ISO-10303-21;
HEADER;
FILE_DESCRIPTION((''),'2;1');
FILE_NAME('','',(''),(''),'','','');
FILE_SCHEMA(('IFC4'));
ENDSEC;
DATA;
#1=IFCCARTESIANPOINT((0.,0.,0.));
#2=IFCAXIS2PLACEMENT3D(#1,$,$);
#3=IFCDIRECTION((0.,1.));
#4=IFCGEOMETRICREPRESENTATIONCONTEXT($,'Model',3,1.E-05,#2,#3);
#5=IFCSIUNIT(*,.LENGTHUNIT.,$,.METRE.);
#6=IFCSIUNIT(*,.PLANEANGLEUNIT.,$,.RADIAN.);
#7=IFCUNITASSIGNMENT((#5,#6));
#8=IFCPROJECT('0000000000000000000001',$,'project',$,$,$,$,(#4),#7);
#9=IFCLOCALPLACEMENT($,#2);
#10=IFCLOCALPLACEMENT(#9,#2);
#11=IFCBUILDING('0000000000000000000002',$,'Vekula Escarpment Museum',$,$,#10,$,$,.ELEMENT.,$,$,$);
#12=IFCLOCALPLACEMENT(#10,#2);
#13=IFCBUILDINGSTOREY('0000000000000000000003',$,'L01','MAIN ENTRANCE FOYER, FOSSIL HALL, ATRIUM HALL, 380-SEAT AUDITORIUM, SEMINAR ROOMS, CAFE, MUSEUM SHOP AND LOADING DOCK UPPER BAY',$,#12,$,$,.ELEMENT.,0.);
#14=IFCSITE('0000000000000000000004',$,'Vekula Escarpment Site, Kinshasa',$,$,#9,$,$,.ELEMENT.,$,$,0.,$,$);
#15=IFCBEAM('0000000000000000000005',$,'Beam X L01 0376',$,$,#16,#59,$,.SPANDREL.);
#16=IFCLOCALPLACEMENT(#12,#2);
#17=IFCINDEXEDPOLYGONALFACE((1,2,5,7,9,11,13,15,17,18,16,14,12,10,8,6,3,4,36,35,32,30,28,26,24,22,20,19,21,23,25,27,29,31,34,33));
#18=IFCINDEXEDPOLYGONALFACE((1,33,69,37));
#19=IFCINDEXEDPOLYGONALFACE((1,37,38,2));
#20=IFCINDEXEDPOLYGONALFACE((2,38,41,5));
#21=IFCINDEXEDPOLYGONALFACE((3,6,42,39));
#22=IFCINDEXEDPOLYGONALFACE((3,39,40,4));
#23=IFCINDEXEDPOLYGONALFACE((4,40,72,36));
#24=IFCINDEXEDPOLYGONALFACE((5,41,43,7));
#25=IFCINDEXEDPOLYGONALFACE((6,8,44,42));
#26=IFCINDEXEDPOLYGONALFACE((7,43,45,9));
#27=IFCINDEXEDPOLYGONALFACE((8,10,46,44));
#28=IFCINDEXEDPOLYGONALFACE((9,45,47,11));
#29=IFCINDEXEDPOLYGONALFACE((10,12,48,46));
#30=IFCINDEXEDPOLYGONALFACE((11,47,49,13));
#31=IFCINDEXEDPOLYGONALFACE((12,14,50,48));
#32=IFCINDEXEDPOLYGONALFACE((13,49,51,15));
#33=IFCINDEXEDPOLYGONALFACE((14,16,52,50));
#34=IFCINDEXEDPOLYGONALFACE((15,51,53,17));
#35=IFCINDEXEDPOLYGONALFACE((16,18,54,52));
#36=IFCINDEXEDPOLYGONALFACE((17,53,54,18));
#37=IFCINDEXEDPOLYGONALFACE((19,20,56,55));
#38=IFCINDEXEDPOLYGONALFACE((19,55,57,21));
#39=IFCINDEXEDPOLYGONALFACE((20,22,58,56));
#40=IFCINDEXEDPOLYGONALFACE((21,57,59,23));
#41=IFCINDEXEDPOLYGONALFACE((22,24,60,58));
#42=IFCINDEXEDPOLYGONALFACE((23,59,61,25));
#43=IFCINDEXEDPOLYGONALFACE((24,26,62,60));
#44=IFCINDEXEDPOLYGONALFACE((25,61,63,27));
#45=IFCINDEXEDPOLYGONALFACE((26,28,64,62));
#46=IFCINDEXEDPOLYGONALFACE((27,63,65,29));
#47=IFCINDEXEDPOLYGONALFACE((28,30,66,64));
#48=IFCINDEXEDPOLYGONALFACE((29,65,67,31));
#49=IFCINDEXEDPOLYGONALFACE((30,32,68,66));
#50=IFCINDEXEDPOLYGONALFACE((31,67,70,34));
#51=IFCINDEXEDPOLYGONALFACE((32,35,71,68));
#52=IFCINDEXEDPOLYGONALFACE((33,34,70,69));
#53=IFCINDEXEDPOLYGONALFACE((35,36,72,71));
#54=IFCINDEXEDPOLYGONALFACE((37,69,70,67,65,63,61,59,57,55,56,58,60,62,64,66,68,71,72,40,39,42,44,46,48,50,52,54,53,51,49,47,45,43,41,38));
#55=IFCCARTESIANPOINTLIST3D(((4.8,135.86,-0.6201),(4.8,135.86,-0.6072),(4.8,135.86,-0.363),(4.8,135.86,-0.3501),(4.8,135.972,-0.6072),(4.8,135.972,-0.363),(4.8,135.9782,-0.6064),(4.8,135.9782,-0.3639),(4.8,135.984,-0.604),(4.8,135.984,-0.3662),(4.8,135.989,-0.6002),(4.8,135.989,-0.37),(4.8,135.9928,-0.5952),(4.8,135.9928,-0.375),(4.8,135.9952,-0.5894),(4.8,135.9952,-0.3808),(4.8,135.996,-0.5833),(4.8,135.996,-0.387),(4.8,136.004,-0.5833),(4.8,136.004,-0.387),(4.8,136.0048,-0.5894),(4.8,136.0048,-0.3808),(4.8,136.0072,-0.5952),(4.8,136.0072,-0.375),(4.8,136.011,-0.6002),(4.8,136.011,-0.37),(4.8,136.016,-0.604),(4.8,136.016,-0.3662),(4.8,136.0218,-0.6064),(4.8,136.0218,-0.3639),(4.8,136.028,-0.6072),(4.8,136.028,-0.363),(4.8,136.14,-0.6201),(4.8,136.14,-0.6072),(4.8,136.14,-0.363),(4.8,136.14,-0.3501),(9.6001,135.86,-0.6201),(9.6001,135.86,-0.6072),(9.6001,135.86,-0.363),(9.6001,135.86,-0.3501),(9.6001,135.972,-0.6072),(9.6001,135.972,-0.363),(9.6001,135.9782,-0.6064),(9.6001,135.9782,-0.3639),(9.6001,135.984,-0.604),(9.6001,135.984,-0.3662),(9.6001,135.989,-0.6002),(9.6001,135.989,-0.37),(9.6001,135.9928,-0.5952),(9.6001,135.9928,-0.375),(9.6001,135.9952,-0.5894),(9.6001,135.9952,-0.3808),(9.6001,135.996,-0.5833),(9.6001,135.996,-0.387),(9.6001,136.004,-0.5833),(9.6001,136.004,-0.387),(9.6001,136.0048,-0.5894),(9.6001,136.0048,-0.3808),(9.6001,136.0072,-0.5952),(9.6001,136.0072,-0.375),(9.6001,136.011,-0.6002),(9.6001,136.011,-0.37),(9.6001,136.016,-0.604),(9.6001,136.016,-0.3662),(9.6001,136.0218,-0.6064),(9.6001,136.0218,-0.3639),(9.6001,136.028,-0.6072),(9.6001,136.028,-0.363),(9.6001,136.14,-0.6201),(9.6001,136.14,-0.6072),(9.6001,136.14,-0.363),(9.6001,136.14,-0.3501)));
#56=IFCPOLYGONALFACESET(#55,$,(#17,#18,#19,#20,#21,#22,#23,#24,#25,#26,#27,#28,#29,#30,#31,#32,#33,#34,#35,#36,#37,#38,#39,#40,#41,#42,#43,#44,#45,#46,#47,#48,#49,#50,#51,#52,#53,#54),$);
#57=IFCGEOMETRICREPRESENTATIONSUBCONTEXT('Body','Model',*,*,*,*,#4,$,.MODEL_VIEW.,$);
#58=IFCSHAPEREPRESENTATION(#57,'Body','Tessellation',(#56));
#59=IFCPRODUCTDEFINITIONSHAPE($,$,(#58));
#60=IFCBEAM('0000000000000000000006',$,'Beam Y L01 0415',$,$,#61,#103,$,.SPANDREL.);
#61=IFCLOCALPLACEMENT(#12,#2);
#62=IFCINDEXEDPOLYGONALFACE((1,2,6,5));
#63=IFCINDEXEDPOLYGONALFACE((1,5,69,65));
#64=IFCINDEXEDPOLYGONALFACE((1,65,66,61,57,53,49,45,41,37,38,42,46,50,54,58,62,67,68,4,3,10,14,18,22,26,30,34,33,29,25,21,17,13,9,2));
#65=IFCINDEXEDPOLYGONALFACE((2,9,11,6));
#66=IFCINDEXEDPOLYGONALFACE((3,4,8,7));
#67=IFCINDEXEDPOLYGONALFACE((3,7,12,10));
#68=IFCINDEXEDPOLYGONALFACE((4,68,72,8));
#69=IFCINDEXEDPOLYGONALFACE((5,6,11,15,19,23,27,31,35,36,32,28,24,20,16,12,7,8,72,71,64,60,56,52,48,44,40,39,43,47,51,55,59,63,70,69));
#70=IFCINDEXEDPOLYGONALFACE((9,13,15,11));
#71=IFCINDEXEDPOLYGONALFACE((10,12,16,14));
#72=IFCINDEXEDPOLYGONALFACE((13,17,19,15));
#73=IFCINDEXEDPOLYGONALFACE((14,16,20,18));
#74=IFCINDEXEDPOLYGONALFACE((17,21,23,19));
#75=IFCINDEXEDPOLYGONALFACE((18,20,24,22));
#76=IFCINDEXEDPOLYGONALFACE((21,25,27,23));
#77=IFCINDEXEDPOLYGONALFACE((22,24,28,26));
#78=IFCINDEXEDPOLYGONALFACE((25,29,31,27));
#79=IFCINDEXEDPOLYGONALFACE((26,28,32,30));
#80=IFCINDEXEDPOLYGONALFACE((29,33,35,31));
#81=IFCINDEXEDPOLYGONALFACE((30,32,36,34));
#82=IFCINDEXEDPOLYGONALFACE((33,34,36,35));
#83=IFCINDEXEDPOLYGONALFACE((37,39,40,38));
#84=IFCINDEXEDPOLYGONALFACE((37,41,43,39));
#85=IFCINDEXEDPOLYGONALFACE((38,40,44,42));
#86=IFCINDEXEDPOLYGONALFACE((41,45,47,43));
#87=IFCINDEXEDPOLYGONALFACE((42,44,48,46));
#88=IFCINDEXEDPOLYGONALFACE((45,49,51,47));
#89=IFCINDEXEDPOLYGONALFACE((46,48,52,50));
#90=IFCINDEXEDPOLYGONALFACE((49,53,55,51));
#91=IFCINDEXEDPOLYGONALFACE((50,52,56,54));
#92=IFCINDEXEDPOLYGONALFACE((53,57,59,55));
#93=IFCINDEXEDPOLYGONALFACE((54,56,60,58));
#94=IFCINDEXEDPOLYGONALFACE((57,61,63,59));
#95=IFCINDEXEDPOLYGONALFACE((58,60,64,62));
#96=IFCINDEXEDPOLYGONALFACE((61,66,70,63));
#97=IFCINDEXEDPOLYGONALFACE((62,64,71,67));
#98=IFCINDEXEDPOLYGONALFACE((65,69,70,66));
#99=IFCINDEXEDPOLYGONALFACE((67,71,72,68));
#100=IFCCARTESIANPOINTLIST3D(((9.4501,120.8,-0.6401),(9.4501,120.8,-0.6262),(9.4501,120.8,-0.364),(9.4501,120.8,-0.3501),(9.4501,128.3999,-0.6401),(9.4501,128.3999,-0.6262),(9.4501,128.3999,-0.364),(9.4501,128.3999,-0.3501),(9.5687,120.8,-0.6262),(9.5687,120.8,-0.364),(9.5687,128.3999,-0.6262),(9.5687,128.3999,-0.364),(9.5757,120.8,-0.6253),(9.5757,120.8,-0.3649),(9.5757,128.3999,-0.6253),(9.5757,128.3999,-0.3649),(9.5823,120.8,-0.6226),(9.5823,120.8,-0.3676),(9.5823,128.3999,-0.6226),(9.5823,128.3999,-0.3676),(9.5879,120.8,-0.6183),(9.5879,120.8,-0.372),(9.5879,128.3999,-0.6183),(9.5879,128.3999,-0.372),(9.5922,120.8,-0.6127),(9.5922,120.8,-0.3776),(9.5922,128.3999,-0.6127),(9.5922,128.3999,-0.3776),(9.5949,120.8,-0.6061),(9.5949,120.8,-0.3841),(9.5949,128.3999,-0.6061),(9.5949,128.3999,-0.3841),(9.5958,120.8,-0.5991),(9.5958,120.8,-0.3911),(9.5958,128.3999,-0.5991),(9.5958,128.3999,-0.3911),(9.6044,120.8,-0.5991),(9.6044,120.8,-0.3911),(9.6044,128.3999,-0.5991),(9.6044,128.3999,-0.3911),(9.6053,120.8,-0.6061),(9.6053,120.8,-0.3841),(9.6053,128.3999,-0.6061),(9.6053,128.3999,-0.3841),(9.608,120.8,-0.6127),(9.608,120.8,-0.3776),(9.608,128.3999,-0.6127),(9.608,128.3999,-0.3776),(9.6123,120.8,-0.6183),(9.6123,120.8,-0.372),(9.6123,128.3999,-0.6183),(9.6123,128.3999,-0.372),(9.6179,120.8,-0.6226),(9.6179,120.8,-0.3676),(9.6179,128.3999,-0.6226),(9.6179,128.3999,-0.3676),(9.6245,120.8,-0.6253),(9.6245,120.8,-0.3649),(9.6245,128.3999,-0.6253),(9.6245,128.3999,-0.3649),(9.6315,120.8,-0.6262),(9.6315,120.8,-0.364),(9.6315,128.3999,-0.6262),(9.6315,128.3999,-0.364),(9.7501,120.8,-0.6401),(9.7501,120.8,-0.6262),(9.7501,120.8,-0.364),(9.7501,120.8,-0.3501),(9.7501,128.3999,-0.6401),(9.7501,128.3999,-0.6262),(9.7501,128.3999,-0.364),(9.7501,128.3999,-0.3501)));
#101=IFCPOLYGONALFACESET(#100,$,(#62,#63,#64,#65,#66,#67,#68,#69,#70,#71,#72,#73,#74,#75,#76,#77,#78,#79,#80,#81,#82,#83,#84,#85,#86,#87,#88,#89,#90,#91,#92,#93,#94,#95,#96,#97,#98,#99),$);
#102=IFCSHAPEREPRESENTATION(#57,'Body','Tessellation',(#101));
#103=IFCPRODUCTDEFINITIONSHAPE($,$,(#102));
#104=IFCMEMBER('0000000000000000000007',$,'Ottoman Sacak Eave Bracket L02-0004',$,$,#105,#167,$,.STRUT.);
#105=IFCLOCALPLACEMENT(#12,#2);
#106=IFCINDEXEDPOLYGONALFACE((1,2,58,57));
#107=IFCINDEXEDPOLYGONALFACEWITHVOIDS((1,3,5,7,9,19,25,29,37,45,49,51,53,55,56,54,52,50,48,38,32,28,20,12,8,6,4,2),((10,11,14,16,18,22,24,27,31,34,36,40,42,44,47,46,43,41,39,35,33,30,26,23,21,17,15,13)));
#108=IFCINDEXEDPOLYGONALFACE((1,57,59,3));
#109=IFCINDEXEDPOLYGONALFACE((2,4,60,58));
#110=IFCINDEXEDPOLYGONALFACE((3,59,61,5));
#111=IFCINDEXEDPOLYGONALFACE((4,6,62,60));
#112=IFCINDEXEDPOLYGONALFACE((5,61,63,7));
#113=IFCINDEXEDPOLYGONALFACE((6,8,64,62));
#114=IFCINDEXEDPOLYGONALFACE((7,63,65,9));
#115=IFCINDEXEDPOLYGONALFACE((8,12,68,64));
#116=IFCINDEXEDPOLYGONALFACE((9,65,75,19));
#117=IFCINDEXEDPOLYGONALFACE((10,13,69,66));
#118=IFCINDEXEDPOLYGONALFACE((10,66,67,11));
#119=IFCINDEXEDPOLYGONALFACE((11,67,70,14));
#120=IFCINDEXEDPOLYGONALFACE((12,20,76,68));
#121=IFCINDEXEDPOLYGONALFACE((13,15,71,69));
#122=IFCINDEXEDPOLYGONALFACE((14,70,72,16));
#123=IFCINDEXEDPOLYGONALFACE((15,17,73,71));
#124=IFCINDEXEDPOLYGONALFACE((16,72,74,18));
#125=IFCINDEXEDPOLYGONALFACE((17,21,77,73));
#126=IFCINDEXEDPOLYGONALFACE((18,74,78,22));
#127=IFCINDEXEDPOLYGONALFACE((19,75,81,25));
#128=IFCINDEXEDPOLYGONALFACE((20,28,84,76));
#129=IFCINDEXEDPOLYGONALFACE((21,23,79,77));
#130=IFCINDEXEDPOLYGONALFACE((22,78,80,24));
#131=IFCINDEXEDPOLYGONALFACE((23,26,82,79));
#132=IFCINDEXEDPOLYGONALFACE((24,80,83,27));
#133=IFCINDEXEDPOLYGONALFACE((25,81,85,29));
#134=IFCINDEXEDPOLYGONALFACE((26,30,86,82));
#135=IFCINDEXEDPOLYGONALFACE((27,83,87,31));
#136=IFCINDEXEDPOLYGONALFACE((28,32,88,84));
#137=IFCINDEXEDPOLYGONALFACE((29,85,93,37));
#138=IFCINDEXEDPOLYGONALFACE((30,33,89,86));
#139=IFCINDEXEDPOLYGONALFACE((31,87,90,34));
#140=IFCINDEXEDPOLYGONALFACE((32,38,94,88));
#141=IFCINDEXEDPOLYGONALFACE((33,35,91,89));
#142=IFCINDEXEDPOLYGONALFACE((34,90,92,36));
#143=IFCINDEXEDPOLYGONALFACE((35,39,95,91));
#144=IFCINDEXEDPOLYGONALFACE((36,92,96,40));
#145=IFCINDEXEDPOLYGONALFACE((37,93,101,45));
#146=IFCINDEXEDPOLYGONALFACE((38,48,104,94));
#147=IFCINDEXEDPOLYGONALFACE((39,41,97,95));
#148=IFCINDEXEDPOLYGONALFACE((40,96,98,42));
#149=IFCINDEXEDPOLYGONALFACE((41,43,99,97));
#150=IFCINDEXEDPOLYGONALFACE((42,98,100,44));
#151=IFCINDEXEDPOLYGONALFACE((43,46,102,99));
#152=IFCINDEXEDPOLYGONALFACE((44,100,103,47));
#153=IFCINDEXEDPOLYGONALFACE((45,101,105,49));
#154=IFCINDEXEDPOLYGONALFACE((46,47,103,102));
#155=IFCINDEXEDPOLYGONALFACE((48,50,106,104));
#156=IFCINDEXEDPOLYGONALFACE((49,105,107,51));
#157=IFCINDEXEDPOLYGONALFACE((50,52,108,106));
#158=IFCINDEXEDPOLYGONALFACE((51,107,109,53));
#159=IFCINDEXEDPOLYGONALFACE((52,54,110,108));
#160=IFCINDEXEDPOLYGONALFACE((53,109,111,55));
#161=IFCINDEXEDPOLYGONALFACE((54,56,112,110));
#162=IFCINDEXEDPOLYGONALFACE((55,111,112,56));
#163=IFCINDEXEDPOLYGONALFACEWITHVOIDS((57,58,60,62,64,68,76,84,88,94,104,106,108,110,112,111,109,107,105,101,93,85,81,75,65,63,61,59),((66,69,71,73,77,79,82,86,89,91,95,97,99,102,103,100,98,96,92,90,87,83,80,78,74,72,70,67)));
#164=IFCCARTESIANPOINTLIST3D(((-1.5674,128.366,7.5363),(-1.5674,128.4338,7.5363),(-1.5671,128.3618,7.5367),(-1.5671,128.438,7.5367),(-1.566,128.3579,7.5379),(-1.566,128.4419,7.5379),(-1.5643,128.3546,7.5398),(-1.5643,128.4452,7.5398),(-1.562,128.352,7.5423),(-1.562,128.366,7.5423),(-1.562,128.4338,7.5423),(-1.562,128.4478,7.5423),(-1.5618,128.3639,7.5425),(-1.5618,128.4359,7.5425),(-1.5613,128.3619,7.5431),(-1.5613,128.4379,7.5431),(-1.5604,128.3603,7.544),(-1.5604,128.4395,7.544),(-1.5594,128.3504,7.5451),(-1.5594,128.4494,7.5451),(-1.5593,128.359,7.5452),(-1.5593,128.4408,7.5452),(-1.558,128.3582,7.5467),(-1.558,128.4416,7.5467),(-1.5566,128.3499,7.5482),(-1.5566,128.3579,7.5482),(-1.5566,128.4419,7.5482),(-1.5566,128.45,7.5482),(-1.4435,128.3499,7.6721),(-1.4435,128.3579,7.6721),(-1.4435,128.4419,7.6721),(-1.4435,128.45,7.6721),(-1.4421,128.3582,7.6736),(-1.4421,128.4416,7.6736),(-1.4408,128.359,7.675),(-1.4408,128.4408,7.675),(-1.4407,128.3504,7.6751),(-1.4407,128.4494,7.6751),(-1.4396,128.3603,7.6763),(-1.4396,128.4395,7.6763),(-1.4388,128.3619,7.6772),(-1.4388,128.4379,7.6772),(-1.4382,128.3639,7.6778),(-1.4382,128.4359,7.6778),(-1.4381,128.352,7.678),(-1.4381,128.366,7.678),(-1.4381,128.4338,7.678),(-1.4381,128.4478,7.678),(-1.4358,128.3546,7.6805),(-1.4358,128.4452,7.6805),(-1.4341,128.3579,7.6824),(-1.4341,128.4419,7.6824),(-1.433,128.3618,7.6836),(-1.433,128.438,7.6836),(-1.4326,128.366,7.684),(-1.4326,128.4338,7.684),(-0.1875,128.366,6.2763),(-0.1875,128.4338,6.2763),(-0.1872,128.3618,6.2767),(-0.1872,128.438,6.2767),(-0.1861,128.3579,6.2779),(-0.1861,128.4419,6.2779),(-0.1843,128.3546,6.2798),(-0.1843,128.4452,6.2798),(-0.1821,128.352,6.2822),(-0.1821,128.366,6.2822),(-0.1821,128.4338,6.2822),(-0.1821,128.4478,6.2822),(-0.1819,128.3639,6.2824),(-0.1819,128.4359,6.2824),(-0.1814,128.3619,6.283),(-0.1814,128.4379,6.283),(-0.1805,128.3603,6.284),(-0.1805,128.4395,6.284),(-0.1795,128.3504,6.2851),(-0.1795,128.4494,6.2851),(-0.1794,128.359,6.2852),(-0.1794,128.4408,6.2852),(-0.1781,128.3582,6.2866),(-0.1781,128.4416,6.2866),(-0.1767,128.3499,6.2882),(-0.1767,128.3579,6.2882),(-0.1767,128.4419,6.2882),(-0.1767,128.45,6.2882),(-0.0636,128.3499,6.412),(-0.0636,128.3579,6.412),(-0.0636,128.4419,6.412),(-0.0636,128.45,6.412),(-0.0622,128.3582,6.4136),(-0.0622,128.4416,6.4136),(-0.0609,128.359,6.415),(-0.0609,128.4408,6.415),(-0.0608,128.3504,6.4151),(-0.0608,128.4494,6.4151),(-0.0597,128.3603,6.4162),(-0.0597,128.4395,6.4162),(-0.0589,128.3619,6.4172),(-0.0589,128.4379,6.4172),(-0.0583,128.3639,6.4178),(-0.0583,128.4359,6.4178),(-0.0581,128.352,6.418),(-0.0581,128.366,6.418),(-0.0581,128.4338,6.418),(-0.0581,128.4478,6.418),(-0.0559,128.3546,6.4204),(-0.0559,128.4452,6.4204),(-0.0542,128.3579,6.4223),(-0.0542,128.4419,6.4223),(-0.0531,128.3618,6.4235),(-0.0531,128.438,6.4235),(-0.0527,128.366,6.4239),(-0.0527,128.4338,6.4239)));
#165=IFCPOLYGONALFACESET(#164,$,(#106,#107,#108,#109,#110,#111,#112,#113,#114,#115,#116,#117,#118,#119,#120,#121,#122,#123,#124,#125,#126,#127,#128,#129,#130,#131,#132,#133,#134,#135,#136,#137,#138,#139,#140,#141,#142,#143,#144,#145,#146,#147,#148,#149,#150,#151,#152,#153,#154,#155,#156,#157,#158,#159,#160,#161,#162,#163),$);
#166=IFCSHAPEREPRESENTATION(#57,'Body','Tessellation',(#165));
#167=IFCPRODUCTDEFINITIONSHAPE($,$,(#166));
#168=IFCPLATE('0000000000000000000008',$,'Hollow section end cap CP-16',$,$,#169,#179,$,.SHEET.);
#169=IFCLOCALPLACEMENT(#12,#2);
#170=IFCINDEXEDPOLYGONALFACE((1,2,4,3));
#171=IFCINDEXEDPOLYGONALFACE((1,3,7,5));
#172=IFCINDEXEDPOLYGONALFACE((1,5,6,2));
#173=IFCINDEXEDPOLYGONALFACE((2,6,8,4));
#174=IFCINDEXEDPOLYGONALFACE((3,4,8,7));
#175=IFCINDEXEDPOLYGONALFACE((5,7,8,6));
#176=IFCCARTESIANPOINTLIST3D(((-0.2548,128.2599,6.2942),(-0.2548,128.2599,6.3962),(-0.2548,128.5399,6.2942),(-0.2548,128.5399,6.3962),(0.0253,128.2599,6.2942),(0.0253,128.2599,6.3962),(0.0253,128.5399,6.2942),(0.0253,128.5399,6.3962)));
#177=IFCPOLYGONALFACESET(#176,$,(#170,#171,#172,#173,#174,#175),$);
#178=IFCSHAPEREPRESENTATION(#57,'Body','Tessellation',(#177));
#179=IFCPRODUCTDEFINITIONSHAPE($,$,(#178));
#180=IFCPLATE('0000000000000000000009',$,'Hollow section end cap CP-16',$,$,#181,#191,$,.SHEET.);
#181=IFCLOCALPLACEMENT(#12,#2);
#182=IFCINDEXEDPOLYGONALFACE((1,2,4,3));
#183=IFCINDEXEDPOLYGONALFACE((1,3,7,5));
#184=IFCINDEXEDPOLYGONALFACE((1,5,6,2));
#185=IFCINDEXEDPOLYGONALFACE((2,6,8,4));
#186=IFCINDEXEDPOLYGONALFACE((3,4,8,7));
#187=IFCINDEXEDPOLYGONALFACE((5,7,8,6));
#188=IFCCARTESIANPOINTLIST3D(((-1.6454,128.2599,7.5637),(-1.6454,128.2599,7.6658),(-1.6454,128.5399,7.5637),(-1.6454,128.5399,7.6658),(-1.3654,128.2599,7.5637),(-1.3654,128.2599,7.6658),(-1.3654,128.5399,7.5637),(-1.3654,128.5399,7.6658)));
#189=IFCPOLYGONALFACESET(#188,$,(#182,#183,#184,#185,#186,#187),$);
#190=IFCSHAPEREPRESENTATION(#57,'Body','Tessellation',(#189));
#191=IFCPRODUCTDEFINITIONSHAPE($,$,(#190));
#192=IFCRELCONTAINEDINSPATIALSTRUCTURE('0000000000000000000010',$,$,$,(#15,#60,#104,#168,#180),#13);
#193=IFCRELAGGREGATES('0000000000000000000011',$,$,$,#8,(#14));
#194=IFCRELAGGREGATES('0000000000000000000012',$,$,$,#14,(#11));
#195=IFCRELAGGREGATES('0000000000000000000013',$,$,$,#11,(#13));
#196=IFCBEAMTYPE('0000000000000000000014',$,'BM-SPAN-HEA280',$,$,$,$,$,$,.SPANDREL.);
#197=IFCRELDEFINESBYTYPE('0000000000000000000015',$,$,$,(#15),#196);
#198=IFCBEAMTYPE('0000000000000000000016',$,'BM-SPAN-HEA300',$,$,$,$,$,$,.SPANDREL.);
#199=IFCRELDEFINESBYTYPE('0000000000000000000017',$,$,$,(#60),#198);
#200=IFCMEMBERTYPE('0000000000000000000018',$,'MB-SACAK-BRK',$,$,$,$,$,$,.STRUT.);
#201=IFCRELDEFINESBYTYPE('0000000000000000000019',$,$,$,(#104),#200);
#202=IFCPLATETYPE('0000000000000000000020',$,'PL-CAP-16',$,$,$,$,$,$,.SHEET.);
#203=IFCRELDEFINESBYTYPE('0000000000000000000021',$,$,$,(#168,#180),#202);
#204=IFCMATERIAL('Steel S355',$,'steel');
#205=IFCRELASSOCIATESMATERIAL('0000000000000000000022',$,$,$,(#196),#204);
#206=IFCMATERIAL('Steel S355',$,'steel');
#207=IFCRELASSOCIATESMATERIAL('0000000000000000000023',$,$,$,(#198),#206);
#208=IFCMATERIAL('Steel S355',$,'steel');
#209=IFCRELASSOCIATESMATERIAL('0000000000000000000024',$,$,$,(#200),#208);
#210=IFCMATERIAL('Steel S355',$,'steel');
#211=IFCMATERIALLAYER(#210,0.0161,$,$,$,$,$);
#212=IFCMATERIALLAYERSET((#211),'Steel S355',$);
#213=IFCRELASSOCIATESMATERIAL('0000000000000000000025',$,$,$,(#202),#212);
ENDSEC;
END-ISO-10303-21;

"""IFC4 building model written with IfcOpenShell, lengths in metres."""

from ifc_helpers import new_model, si_unit, direction, frame, origin, origin_2d, place, context, subcontext, project, spatial, rectangle, hollow_rectangle, i_section, extrude, material, layer, layer_set, material_profile, profile_set, type_object, element, save


model = new_model("IFC4")

# Units and contexts
model_context = context("Model", 3, precision=1e-05, world=origin(), true_north=direction((0.0, 1.0)))
body_context = subcontext(model_context, "Body", "Model", "MODEL_VIEW")
ifc_project = project(units=[si_unit("LENGTHUNIT", "METRE"), si_unit("PLANEANGLEUNIT", "RADIAN")], contexts=[model_context])

# Site, building, storey
site_placement = place(None, origin())
site = spatial("IfcSite", under=ifc_project, at=site_placement, Name="Vekula Escarpment Site, Kinshasa", CompositionType="ELEMENT", RefElevation=0.0)
building_placement = place(site_placement, origin())
building = spatial("IfcBuilding", under=site, at=building_placement, Name="Vekula Escarpment Museum", CompositionType="ELEMENT")
storey_placement = place(building_placement, origin())
storey = spatial("IfcBuildingStorey", under=building, at=storey_placement, Name="L01", Description="MAIN ENTRANCE FOYER, FOSSIL HALL, ATRIUM HALL, 380-SEAT AUDITORIUM, SEMINAR ROOMS, CAFE, MUSEUM SHOP AND LOADING DOCK UPPER BAY", CompositionType="ELEMENT", Elevation=0.0)

# Beams
ifc_material_1 = material(Name="Steel S355", Category="steel")
ifc_material_profile_1 = material_profile(ifc_material_1, i_section(OverallWidth=0.28, OverallDepth=0.27, WebThickness=0.0081, FlangeThickness=0.0129, FilletRadius=0.0239, at=origin_2d()), Name="HEA 280")
ifc_profile_set_1 = profile_set([ifc_material_profile_1], Name="Steel S355")
beam_type_1 = type_object("IfcBeamType", Name="BM-SPAN-HEA280", PredefinedType="SPANDREL", material=ifc_profile_set_1)
beam_1_placement = place(storey_placement, frame((4.8, 136.0, -0.4851), z_axis=(1.0, 0.0, 0.0), x_axis=(0.0, 1.0, 0.0)))
element("IfcBeam", 1, at=beam_1_placement, inside=storey, type_object=beam_type_1, Name="Beam X L01 0376", PredefinedType="SPANDREL", context=body_context, shape_type="SweptSolid", body=[
    extrude(i_section(OverallWidth=0.28, OverallDepth=0.27, WebThickness=0.0081, FlangeThickness=0.0129, FilletRadius=0.0239, at=origin_2d()), origin(), (0.0, 0.0, 1.0), 4.8),
])
ifc_material_2 = material(Name="Steel S355", Category="steel")
ifc_material_profile_2 = material_profile(ifc_material_2, i_section(OverallWidth=0.3, OverallDepth=0.29, WebThickness=0.0085, FlangeThickness=0.0139, FilletRadius=0.0271, at=origin_2d()), Name="HEA 300")
ifc_profile_set_2 = profile_set([ifc_material_profile_2], Name="Steel S355")
beam_type_2 = type_object("IfcBeamType", Name="BM-SPAN-HEA300", PredefinedType="SPANDREL", material=ifc_profile_set_2)
beam_2_placement = place(storey_placement, frame((9.6001, 120.8, -0.4951), z_axis=(0.0, 1.0, 0.0), x_axis=(-1.0, 0.0, 0.0)))
element("IfcBeam", 2, at=beam_2_placement, inside=storey, type_object=beam_type_2, Name="Beam Y L01 0415", PredefinedType="SPANDREL", context=body_context, shape_type="SweptSolid", body=[
    extrude(i_section(OverallWidth=0.3, OverallDepth=0.29, WebThickness=0.0085, FlangeThickness=0.0139, FilletRadius=0.0271, at=origin_2d()), origin(), (0.0, 0.0, 1.0), 7.5999),
])

# Member
ifc_material_3 = material(Name="Steel S355", Category="steel")
ifc_material_profile_3 = material_profile(ifc_material_3, hollow_rectangle(XDim=0.1001, YDim=0.2, WallThickness=0.0081, InnerFilletRadius=0.0081, OuterFilletRadius=0.0161, at=origin_2d()), Name="RHS 200x100x8")
ifc_profile_set_3 = profile_set([ifc_material_profile_3], Name="Steel S355")
member_type = type_object("IfcMemberType", Name="MB-SACAK-BRK", PredefinedType="STRUT", material=ifc_profile_set_3)
member_placement = place(storey_placement, frame((-0.1201, 128.3999, 6.3501), z_axis=(-0.738454, 0.0, 0.674303), x_axis=(0.0, -1.0, 0.0)))
element("IfcMember", 3, at=member_placement, inside=storey, type_object=member_type, Name="Ottoman Sacak Eave Bracket L02-0004", PredefinedType="STRUT", context=body_context, shape_type="SweptSolid", body=[
    extrude(hollow_rectangle(XDim=0.1001, YDim=0.2, WallThickness=0.0081, InnerFilletRadius=0.0081, OuterFilletRadius=0.0161, at=origin_2d()), origin(), (0.0, 0.0, 1.0), 1.8687),
])

# Plates
ifc_material_4 = material(Name="Steel S355", Category="steel")
ifc_layer_1 = layer(ifc_material_4, 0.0161)
ifc_layer_set_1 = layer_set([ifc_layer_1], Name="Steel S355")
plate_type = type_object("IfcPlateType", Name="PL-CAP-16", PredefinedType="SHEET", material=ifc_layer_set_1)
for number, where, z_axis, x_axis, name in (
    (4, (-0.1147, 128.3999, 6.2942), (0.0, 0.0, 1.0), (1.0, 0.0, 0.0), "Hollow section end cap CP-16"),
    (5, (-1.5054, 128.3999, 7.5637), (0.0, 0.0, 1.0), (1.0, 0.0, 0.0), "Hollow section end cap CP-16"),
):
    element("IfcPlate", number, at=place(storey_placement, frame(where, z_axis=z_axis, x_axis=x_axis)), inside=storey, type_object=plate_type, Name=name, PredefinedType="SHEET", context=body_context, shape_type="SweptSolid", body=[
        extrude(rectangle(XDim=0.28, YDim=0.28, at=origin_2d()), origin(), (0.0, 0.0, 1.0), 0.1021),
    ])

save(model, "model.ifc")
